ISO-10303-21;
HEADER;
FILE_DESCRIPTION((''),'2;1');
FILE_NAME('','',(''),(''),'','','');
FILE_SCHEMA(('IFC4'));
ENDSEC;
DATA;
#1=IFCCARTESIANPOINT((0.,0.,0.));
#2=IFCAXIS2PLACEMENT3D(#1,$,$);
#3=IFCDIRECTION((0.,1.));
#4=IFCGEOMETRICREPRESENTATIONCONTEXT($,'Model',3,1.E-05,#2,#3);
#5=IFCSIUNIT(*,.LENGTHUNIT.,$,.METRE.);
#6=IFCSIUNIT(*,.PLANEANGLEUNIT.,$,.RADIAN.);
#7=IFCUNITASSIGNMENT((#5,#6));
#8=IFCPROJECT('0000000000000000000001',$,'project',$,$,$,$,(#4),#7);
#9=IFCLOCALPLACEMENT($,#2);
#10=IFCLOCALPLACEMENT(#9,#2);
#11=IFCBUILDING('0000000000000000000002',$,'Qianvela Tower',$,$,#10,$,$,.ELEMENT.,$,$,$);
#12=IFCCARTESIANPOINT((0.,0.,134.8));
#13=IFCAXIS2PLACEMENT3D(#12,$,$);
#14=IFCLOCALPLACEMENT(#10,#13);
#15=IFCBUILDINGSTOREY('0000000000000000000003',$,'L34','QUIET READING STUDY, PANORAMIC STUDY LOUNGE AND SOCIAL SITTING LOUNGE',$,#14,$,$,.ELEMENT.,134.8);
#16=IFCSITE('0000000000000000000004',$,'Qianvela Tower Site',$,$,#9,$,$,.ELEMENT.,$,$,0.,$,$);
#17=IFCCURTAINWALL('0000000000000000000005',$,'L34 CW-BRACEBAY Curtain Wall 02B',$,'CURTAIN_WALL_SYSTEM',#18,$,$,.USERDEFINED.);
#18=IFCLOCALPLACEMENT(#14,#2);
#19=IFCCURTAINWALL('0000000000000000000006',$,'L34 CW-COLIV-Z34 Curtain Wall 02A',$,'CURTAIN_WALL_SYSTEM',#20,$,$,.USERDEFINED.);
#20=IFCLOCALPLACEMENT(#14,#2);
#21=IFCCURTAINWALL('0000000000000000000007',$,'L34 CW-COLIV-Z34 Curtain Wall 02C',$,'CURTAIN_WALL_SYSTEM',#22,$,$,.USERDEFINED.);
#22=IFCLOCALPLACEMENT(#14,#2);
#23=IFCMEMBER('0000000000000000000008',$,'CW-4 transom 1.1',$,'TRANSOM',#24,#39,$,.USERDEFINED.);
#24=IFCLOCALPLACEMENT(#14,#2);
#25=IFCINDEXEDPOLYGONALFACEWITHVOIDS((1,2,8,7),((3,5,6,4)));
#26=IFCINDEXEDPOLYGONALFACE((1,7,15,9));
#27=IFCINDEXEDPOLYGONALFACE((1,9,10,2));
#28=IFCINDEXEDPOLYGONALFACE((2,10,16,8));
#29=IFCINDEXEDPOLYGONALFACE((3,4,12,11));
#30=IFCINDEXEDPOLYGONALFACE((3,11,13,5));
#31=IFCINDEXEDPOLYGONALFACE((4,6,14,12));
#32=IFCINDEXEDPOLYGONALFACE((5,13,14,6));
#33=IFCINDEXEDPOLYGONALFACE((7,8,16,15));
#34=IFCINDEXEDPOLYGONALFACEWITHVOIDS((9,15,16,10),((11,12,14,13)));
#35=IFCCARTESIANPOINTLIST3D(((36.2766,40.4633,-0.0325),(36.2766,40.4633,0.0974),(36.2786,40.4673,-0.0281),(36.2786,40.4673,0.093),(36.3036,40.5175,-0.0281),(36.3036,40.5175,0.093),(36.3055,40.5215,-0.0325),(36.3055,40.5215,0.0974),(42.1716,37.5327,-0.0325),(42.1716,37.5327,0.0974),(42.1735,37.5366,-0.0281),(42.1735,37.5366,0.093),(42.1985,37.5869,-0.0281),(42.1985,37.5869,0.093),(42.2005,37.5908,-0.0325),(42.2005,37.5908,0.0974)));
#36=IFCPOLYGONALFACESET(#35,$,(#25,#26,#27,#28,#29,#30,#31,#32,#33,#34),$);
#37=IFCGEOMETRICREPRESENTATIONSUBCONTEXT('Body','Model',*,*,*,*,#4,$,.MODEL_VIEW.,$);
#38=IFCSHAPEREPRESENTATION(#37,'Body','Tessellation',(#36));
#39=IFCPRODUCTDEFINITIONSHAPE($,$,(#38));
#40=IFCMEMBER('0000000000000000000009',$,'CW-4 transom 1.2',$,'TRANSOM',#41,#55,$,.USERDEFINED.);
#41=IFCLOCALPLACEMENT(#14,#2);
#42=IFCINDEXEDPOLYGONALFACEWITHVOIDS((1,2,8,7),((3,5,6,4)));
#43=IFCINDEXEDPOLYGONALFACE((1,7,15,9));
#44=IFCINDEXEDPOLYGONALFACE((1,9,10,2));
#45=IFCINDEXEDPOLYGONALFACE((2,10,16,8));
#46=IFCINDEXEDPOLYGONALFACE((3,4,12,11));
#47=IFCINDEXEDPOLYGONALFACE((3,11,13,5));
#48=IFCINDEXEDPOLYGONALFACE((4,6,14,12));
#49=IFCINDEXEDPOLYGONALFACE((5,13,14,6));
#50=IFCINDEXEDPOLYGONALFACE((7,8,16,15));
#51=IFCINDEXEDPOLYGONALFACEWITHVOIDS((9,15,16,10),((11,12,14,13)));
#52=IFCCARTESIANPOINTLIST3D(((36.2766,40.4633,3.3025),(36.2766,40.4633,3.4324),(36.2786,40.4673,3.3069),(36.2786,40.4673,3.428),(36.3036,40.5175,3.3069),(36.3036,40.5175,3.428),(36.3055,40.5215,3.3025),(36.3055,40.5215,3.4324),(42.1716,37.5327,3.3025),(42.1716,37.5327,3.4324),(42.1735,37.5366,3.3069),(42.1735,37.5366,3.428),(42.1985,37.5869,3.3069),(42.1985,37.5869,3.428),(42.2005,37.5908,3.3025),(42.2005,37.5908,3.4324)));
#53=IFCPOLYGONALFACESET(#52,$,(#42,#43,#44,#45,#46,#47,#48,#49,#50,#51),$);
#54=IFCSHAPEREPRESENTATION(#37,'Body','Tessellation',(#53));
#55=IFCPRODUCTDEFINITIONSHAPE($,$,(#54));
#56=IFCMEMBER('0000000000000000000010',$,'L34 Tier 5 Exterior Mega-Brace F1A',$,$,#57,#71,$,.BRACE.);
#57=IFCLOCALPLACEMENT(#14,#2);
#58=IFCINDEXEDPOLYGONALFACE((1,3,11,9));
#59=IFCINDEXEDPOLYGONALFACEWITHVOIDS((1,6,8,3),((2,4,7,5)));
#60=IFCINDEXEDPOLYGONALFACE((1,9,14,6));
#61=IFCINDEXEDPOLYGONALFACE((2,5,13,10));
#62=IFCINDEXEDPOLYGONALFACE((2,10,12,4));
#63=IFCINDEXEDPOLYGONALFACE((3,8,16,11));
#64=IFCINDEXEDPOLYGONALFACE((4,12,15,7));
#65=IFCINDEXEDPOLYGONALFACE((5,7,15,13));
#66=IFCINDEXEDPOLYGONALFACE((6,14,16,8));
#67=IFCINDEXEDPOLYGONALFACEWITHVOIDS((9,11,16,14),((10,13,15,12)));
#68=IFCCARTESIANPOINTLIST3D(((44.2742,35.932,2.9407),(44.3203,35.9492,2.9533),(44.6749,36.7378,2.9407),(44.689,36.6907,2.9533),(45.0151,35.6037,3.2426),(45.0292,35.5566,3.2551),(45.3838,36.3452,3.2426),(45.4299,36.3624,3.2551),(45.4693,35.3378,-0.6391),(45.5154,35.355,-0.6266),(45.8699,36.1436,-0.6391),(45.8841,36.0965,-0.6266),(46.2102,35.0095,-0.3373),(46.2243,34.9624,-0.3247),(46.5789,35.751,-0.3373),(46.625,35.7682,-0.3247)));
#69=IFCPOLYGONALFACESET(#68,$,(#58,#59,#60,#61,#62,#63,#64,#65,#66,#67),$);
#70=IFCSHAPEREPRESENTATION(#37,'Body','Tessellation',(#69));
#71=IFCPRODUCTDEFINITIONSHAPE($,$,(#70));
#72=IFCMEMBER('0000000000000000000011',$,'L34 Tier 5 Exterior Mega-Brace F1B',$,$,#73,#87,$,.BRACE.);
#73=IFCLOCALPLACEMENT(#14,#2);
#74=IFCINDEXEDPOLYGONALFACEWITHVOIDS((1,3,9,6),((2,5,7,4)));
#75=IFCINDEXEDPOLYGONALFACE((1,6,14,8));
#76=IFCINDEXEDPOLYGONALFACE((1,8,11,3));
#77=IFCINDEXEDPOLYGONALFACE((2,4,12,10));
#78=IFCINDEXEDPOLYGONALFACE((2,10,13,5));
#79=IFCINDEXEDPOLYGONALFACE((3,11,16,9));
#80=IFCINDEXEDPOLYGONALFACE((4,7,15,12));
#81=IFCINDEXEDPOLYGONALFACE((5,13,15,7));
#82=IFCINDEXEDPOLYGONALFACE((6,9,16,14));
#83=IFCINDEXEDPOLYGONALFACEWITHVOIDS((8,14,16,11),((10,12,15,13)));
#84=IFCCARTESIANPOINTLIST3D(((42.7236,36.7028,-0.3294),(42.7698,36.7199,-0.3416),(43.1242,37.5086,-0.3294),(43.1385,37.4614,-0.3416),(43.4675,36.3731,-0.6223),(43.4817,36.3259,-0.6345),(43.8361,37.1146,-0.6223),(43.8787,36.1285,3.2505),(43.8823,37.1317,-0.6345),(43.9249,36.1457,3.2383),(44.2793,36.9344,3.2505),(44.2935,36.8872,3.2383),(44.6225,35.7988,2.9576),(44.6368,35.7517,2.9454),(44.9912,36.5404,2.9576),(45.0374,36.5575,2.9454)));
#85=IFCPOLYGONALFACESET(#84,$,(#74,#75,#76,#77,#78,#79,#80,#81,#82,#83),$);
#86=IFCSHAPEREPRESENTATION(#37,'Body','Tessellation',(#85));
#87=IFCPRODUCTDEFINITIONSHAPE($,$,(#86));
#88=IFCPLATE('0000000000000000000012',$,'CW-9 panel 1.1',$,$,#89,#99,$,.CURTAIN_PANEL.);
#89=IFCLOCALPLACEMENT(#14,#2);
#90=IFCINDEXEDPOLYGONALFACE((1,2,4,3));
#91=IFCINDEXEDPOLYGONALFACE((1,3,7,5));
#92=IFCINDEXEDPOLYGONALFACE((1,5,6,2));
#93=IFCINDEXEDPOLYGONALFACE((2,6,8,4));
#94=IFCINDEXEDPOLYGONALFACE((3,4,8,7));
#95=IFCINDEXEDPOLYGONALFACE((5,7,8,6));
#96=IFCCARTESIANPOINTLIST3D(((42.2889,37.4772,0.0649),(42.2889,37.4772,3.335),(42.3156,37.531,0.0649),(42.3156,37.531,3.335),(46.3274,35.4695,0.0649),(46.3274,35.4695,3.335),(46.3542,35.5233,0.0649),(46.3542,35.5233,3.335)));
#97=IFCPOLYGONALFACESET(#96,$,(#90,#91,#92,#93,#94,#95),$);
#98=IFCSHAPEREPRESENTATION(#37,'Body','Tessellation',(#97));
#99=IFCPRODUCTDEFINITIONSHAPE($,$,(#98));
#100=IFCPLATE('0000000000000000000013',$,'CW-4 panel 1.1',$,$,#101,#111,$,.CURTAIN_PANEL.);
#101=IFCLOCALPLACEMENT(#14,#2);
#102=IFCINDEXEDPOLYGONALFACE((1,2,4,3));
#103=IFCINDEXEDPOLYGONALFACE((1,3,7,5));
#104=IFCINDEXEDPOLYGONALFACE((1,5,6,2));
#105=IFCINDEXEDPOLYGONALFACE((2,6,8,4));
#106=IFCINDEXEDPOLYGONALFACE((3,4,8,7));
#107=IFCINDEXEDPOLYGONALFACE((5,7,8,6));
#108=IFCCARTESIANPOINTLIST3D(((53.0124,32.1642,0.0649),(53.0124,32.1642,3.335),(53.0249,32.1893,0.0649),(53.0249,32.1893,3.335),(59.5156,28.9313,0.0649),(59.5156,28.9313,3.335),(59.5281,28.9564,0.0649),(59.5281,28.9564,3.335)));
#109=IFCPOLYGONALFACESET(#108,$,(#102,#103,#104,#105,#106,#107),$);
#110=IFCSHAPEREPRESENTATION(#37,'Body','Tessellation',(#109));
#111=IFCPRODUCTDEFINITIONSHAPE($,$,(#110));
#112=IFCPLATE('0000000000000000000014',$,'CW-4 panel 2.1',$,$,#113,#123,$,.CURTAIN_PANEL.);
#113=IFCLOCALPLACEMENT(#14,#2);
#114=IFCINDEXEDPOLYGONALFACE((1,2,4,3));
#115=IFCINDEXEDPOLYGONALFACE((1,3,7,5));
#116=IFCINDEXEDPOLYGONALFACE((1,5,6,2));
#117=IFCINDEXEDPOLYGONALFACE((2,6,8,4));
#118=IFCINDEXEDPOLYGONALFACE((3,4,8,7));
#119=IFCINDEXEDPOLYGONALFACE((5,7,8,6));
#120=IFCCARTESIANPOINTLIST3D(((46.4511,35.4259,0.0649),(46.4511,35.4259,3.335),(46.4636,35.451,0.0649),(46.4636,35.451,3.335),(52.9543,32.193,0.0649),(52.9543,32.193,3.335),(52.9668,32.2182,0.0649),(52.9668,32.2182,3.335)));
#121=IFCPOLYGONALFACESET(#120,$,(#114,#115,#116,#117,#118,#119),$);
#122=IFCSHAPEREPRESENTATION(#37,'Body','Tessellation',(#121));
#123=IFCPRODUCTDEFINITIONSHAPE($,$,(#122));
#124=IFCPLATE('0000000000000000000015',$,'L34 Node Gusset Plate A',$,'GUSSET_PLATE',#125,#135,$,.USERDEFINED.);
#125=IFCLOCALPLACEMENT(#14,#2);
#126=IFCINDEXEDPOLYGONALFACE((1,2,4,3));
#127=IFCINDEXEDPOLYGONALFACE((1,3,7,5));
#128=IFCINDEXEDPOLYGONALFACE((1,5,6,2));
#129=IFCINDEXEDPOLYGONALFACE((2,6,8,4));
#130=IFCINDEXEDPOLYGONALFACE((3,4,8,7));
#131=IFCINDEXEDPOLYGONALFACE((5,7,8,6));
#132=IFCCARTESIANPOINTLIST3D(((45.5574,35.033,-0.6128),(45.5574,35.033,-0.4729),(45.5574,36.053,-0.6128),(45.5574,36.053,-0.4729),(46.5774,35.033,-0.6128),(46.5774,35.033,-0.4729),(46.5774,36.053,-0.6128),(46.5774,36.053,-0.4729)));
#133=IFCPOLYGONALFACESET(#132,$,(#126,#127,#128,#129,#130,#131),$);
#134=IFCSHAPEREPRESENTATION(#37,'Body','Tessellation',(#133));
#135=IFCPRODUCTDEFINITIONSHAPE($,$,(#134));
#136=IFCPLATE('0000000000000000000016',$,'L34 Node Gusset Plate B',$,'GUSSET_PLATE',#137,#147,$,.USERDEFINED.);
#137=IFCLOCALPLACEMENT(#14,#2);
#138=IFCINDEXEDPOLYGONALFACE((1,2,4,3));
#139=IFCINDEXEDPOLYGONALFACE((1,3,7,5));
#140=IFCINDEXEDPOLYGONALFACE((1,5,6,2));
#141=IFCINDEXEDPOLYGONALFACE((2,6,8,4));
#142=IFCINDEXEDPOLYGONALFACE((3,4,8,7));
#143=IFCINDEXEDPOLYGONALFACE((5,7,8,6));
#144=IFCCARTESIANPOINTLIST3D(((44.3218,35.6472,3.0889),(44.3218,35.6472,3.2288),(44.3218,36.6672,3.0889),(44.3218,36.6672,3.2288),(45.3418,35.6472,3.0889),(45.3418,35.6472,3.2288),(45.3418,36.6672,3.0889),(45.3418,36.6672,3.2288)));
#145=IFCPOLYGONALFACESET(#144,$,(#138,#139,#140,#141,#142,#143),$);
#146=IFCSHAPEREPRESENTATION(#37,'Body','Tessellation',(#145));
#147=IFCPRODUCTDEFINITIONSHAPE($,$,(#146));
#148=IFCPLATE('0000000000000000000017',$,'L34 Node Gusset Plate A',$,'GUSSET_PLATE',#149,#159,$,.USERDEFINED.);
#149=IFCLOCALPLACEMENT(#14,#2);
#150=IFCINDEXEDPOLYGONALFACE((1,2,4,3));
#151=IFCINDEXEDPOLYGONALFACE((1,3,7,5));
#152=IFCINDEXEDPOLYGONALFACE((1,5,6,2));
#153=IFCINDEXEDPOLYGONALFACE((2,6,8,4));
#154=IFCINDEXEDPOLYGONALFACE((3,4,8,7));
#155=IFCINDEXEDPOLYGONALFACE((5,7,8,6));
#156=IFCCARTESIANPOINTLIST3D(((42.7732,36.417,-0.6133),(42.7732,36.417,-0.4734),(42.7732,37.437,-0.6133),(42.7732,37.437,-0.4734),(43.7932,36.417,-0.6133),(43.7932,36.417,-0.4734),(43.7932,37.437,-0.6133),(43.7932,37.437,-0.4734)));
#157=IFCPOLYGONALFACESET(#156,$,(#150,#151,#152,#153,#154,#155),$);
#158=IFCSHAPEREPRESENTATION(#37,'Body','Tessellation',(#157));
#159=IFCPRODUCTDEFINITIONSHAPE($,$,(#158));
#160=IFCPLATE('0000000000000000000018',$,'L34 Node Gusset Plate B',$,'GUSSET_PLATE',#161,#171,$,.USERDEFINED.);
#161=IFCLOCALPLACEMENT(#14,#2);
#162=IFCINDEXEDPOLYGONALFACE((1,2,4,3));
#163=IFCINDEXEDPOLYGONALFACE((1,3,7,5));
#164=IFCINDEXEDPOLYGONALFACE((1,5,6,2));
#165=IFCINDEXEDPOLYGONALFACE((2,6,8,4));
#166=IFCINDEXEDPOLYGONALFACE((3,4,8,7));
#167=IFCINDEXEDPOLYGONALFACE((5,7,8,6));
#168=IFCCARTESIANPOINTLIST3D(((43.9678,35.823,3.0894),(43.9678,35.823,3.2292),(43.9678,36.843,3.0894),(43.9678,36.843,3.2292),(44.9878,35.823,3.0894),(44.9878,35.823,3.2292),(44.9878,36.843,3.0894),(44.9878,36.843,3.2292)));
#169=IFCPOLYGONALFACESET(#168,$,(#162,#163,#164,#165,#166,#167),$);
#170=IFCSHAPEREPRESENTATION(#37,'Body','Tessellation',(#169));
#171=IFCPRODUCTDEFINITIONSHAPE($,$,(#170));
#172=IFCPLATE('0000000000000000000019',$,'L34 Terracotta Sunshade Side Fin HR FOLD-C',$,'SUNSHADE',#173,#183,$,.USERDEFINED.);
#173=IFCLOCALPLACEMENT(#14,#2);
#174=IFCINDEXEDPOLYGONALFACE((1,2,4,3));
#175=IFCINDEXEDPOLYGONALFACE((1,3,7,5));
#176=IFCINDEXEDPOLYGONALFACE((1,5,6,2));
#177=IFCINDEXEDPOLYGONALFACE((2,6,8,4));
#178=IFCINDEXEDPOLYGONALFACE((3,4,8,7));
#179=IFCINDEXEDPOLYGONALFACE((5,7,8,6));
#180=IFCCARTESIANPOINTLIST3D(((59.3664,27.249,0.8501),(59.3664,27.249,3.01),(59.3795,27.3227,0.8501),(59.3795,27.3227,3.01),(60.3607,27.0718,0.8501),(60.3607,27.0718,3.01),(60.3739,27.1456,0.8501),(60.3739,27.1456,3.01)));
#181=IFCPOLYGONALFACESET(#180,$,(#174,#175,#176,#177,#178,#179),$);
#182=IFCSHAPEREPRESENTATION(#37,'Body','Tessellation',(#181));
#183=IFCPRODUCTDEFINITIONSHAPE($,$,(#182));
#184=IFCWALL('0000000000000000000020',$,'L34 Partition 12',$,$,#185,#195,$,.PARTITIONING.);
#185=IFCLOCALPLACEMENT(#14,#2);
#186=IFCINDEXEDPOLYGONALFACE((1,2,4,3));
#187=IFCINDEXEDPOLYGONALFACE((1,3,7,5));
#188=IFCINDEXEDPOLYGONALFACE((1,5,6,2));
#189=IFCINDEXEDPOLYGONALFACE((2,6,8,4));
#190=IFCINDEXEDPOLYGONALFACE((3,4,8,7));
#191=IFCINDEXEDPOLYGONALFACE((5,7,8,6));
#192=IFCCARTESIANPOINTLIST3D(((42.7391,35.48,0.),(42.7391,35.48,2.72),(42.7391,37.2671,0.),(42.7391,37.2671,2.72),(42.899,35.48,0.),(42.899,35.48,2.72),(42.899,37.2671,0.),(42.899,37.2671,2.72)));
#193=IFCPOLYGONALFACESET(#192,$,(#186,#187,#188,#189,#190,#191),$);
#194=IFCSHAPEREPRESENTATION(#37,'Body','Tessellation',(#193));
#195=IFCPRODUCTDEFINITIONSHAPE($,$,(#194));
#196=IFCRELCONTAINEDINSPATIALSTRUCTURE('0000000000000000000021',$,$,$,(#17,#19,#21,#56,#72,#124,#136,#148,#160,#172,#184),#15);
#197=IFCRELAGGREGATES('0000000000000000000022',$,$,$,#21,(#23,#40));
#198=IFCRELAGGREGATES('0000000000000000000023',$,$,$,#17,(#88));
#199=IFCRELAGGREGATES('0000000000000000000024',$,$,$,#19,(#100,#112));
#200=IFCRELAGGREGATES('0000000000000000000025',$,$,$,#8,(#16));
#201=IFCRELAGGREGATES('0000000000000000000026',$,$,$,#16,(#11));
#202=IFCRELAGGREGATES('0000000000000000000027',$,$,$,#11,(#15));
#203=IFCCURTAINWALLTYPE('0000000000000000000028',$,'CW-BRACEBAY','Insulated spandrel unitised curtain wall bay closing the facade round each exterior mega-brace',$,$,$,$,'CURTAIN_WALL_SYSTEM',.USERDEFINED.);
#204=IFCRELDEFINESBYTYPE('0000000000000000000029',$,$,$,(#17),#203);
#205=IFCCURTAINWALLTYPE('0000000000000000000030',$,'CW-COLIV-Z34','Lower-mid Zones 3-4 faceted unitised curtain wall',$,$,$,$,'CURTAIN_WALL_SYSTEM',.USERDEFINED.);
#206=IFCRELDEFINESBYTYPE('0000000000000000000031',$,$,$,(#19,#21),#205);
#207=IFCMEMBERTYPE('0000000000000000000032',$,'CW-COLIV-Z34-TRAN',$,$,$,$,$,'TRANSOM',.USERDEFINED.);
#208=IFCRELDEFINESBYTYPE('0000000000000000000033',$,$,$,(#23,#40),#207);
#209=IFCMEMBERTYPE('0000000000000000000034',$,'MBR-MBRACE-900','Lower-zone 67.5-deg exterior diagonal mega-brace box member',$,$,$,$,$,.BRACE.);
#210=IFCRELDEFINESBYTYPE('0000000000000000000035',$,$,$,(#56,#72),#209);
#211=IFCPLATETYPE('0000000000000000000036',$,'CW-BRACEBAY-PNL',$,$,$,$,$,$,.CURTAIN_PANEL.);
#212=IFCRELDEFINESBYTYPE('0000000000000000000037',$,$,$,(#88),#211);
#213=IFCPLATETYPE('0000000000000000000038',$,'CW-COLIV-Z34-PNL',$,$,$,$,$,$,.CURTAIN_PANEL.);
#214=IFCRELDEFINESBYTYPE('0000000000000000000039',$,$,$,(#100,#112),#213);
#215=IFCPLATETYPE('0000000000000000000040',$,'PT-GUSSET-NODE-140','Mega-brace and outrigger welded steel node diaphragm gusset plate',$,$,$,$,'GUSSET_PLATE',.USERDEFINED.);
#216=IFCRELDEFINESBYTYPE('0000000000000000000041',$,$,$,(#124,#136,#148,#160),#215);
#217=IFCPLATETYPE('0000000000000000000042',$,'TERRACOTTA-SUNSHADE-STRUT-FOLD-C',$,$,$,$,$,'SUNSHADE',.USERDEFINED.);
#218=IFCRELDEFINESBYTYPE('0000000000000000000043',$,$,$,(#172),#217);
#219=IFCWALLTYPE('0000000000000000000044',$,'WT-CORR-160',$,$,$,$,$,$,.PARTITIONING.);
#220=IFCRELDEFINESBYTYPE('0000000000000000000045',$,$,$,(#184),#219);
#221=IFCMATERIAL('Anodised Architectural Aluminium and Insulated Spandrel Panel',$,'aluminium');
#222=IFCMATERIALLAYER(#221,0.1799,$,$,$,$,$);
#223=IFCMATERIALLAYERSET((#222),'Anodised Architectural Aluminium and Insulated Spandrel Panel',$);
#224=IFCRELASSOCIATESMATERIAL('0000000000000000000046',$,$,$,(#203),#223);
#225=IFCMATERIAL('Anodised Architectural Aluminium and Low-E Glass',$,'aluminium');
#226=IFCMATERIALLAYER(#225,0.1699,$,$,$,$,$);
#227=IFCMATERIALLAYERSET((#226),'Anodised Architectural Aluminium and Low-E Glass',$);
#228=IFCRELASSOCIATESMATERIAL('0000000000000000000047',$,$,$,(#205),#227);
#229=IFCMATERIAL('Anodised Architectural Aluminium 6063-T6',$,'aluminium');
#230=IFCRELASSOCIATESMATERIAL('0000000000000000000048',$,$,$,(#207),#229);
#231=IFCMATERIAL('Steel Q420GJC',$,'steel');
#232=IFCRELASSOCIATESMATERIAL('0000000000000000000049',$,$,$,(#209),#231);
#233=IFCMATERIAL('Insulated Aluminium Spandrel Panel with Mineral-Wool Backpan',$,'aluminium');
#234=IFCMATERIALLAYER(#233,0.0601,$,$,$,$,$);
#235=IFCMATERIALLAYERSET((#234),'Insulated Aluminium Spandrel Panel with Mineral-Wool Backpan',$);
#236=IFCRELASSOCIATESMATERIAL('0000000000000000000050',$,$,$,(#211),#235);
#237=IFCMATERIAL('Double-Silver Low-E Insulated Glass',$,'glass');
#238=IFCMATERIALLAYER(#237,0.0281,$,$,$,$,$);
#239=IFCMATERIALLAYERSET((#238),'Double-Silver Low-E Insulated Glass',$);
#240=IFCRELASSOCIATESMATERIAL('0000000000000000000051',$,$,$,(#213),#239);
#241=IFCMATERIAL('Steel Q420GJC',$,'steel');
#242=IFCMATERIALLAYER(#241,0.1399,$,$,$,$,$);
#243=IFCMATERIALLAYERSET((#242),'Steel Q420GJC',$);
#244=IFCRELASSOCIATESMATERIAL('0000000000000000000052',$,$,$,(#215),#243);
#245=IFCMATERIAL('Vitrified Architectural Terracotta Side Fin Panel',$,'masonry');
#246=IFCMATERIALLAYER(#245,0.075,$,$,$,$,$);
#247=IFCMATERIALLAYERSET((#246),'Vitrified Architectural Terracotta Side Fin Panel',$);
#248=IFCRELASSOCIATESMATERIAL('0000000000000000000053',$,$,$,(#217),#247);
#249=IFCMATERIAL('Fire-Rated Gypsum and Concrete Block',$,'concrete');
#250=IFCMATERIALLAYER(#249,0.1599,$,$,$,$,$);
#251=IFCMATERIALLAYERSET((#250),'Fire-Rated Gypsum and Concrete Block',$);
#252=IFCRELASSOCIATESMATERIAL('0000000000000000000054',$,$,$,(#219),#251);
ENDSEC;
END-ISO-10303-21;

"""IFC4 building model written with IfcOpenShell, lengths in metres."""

from ifc_helpers import new_model, si_unit, direction, frame, frame_2d, origin, origin_2d, place, context, subcontext, project, spatial, rectangle, hollow_rectangle, extrude, material, layer, layer_set, material_profile, profile_set, type_object, element, aggregate, save


model = new_model("IFC4")

# Units and contexts
model_context = context("Model", 3, precision=1e-05, world=origin(), true_north=direction((0.0, 1.0)))
body_context = subcontext(model_context, "Body", "Model", "MODEL_VIEW")
ifc_project = project(units=[si_unit("LENGTHUNIT", "METRE"), si_unit("PLANEANGLEUNIT", "RADIAN")], contexts=[model_context])

# Site, building, storey
site_placement = place(None, origin())
site = spatial("IfcSite", under=ifc_project, at=site_placement, Name="Qianvela Tower Site", CompositionType="ELEMENT", RefElevation=0.0)
building_placement = place(site_placement, origin())
building = spatial("IfcBuilding", under=site, at=building_placement, Name="Qianvela Tower", CompositionType="ELEMENT")
storey_placement = place(building_placement, frame((0.0, 0.0, 134.8)))
storey = spatial("IfcBuildingStorey", under=building, at=storey_placement, Name="L34", Description="QUIET READING STUDY, PANORAMIC STUDY LOUNGE AND SOCIAL SITTING LOUNGE", CompositionType="ELEMENT", Elevation=134.8)

# Curtain walls
ifc_material_1 = material(Name="Anodised Architectural Aluminium and Insulated Spandrel Panel", Category="aluminium")
ifc_layer_1 = layer(ifc_material_1, 0.1799)
ifc_layer_set_1 = layer_set([ifc_layer_1], Name="Anodised Architectural Aluminium and Insulated Spandrel Panel")
curtain_wall_type_1 = type_object("IfcCurtainWallType", Name="CW-BRACEBAY", Description="Insulated spandrel unitised curtain wall bay closing the facade round each exterior mega-brace", ElementType="CURTAIN_WALL_SYSTEM", PredefinedType="USERDEFINED", material=ifc_layer_set_1)
curtain_wall_1_placement = place(storey_placement, origin())
curtain_wall_1 = element("IfcCurtainWall", 1, at=curtain_wall_1_placement, inside=storey, type_object=curtain_wall_type_1, Name="L34 CW-BRACEBAY Curtain Wall 02B", ObjectType="CURTAIN_WALL_SYSTEM", PredefinedType="USERDEFINED")
ifc_material_2 = material(Name="Anodised Architectural Aluminium and Low-E Glass", Category="aluminium")
ifc_layer_2 = layer(ifc_material_2, 0.1699)
ifc_layer_set_2 = layer_set([ifc_layer_2], Name="Anodised Architectural Aluminium and Low-E Glass")
curtain_wall_type_2 = type_object("IfcCurtainWallType", Name="CW-COLIV-Z34", Description="Lower-mid Zones 3-4 faceted unitised curtain wall", ElementType="CURTAIN_WALL_SYSTEM", PredefinedType="USERDEFINED", material=ifc_layer_set_2)
curtain_wall_2_placement = place(storey_placement, origin())
curtain_wall_2 = element("IfcCurtainWall", 2, at=curtain_wall_2_placement, inside=storey, type_object=curtain_wall_type_2, Name="L34 CW-COLIV-Z34 Curtain Wall 02A", ObjectType="CURTAIN_WALL_SYSTEM", PredefinedType="USERDEFINED")

# Curtain wall
curtain_wall_3_placement = place(storey_placement, origin())
curtain_wall_3 = element("IfcCurtainWall", 3, at=curtain_wall_3_placement, inside=storey, type_object=curtain_wall_type_2, Name="L34 CW-COLIV-Z34 Curtain Wall 02C", ObjectType="CURTAIN_WALL_SYSTEM", PredefinedType="USERDEFINED")

# Members
ifc_material_3 = material(Name="Anodised Architectural Aluminium 6063-T6", Category="aluminium")
ifc_material_profile_1 = material_profile(ifc_material_3, hollow_rectangle(XDim=0.0649, YDim=0.1299, WallThickness=0.0044, at=origin_2d()), Name="ALU-TRAN-65x130")
ifc_profile_set_1 = profile_set([ifc_material_profile_1], Name="Anodised Architectural Aluminium 6063-T6")
member_type_1 = type_object("IfcMemberType", Name="CW-COLIV-Z34-TRAN", ElementType="TRANSOM", PredefinedType="USERDEFINED", material=ifc_profile_set_1)
member_1_placement = place(storey_placement, frame((42.186, 37.5618, 0.0325), z_axis=(-0.895448, 0.445165, 0.0), x_axis=(-0.445165, -0.895448, 0.0)))
member_1 = element("IfcMember", 4, at=member_1_placement, type_object=member_type_1, Name="CW-4 transom 1.1", ObjectType="TRANSOM", PredefinedType="USERDEFINED", context=body_context, shape_type="SweptSolid", body=[
    extrude(hollow_rectangle(XDim=0.0649, YDim=0.1299, WallThickness=0.0044, at=origin_2d()), origin(), (0.0, 0.0, 1.0), 6.5833),
])
member_2_placement = place(storey_placement, frame((42.186, 37.5618, 3.3674), z_axis=(-0.895448, 0.445165, 0.0), x_axis=(-0.445165, -0.895448, 0.0)))
member_2 = element("IfcMember", 5, at=member_2_placement, type_object=member_type_1, Name="CW-4 transom 1.2", ObjectType="TRANSOM", PredefinedType="USERDEFINED", context=body_context, shape_type="SweptSolid", body=[
    extrude(hollow_rectangle(XDim=0.0649, YDim=0.1299, WallThickness=0.0044, at=origin_2d()), origin(), (0.0, 0.0, 1.0), 6.5833),
])
aggregate(curtain_wall_3, [member_1, member_2])

# Members
ifc_material_4 = material(Name="Steel Q420GJC", Category="steel")
ifc_material_profile_2 = material_profile(ifc_material_4, hollow_rectangle(XDim=0.8999, YDim=0.8999, WallThickness=0.0359, at=origin_2d()), Name="MBOX-900x900x36")
ifc_profile_set_2 = profile_set([ifc_material_profile_2], Name="Steel Q420GJC")
member_type_2 = type_object("IfcMemberType", Name="MBR-MBRACE-900", Description="Lower-zone 67.5-deg exterior diagonal mega-brace box member", PredefinedType="BRACE", material=ifc_profile_set_2)
member_3_placement = place(storey_placement, frame((46.0471, 35.553, -0.4819), z_axis=(-0.312801, 0.155538, 0.936997), x_axis=(-0.445237, -0.895413, 0.0)))
element("IfcMember", 6, at=member_3_placement, inside=storey, type_object=member_type_2, Name="L34 Tier 5 Exterior Mega-Brace F1A", PredefinedType="BRACE", context=body_context, shape_type="SweptSolid", body=[
    extrude(hollow_rectangle(XDim=0.8999, YDim=0.8999, WallThickness=0.0359, at=origin_2d()), origin(), (0.0, 0.0, 1.0), 3.8206),
])
member_4_placement = place(storey_placement, frame((43.303, 36.9172, -0.4819), z_axis=(0.303545, -0.150906, 0.940791), x_axis=(0.445168, 0.895447, 0.0)))
element("IfcMember", 7, at=member_4_placement, inside=storey, type_object=member_type_2, Name="L34 Tier 5 Exterior Mega-Brace F1B", PredefinedType="BRACE", context=body_context, shape_type="SweptSolid", body=[
    extrude(hollow_rectangle(XDim=0.8999, YDim=0.8999, WallThickness=0.0359, at=origin_2d()), origin(), (0.0, 0.0, 1.0), 3.8052),
])

# Plates
ifc_material_5 = material(Name="Insulated Aluminium Spandrel Panel with Mineral-Wool Backpan", Category="aluminium")
ifc_layer_3 = layer(ifc_material_5, 0.0601)
ifc_layer_set_3 = layer_set([ifc_layer_3], Name="Insulated Aluminium Spandrel Panel with Mineral-Wool Backpan")
plate_type_1 = type_object("IfcPlateType", Name="CW-BRACEBAY-PNL", PredefinedType="CURTAIN_PANEL", material=ifc_layer_set_3)
plate_1_placement = place(storey_placement, frame((44.3215, 36.5002, 0.0649), z_axis=(0.0, 0.0, 1.0), x_axis=(-0.895455, 0.445152, 0.0)))
plate_1 = element("IfcPlate", 8, at=plate_1_placement, type_object=plate_type_1, Name="CW-9 panel 1.1", PredefinedType="CURTAIN_PANEL", context=body_context, shape_type="SweptSolid", body=[
    extrude(rectangle(XDim=4.51, YDim=0.0601, at=origin_2d()), origin(), (0.0, 0.0, 1.0), 3.27),
])
aggregate(curtain_wall_1, [plate_1])
ifc_material_6 = material(Name="Double-Silver Low-E Insulated Glass", Category="glass")
ifc_layer_4 = layer(ifc_material_6, 0.0281)
ifc_layer_set_4 = layer_set([ifc_layer_4], Name="Double-Silver Low-E Insulated Glass")
plate_type_2 = type_object("IfcPlateType", Name="CW-COLIV-Z34-PNL", PredefinedType="CURTAIN_PANEL", material=ifc_layer_set_4)
plate_2_placement = place(storey_placement, frame((56.2703, 30.5603, 0.0649), z_axis=(0.0, 0.0, 1.0), x_axis=(-0.895456, 0.44515, 0.0)))
plate_2 = element("IfcPlate", 9, at=plate_2_placement, type_object=plate_type_2, Name="CW-4 panel 1.1", PredefinedType="CURTAIN_PANEL", context=body_context, shape_type="SweptSolid", body=[
    extrude(rectangle(XDim=7.2625, YDim=0.0281, at=origin_2d()), origin(), (0.0, 0.0, 1.0), 3.27),
])
plate_3_placement = place(storey_placement, frame((49.709, 33.822, 0.0649), z_axis=(0.0, 0.0, 1.0), x_axis=(-0.895456, 0.44515, 0.0)))
plate_3 = element("IfcPlate", 10, at=plate_3_placement, type_object=plate_type_2, Name="CW-4 panel 2.1", PredefinedType="CURTAIN_PANEL", context=body_context, shape_type="SweptSolid", body=[
    extrude(rectangle(XDim=7.2625, YDim=0.0281, at=origin_2d()), origin(), (0.0, 0.0, 1.0), 3.27),
])
aggregate(curtain_wall_2, [plate_2, plate_3])

# Plates
ifc_material_7 = material(Name="Steel Q420GJC", Category="steel")
ifc_layer_5 = layer(ifc_material_7, 0.1399)
ifc_layer_set_5 = layer_set([ifc_layer_5], Name="Steel Q420GJC")
plate_type_3 = type_object("IfcPlateType", Name="PT-GUSSET-NODE-140", Description="Mega-brace and outrigger welded steel node diaphragm gusset plate", ElementType="GUSSET_PLATE", PredefinedType="USERDEFINED", material=ifc_layer_set_5)
for number, where, z_axis, x_axis, name in (
    (11, (46.0674, 35.543, -0.6128), (0.0, 0.0, 1.0), (1.0, 0.0, 0.0), "L34 Node Gusset Plate A"),
    (12, (44.8318, 36.1572, 3.0889), (0.0, 0.0, 1.0), (1.0, 0.0, 0.0), "L34 Node Gusset Plate B"),
    (13, (43.2832, 36.927, -0.6133), (0.0, 0.0, 1.0), (1.0, 0.0, 0.0), "L34 Node Gusset Plate A"),
    (14, (44.4778, 36.333, 3.0894), (0.0, 0.0, 1.0), (1.0, 0.0, 0.0), "L34 Node Gusset Plate B"),
):
    element("IfcPlate", number, at=place(storey_placement, frame(where, z_axis=z_axis, x_axis=x_axis)), inside=storey, type_object=plate_type_3, Name=name, ObjectType="GUSSET_PLATE", PredefinedType="USERDEFINED", context=body_context, shape_type="SweptSolid", body=[
        extrude(rectangle(XDim=1.02, YDim=1.02, at=origin_2d()), origin(), (0.0, 0.0, 1.0), 0.1399),
    ])
ifc_material_8 = material(Name="Vitrified Architectural Terracotta Side Fin Panel", Category="masonry")
ifc_layer_6 = layer(ifc_material_8, 0.075)
ifc_layer_set_6 = layer_set([ifc_layer_6], Name="Vitrified Architectural Terracotta Side Fin Panel")
plate_type_4 = type_object("IfcPlateType", Name="TERRACOTTA-SUNSHADE-STRUT-FOLD-C", ElementType="SUNSHADE", PredefinedType="USERDEFINED", material=ifc_layer_set_6)
plate_4_placement = place(storey_placement, frame((59.8701, 27.1973, 0.8501), z_axis=(0.0, 0.0, 1.0), x_axis=(0.175423, 0.984493, 0.0)))
element("IfcPlate", 15, at=plate_4_placement, inside=storey, type_object=plate_type_4, Name="L34 Terracotta Sunshade Side Fin HR FOLD-C", ObjectType="SUNSHADE", PredefinedType="USERDEFINED", context=body_context, shape_type="SweptSolid", body=[
    extrude(rectangle(XDim=0.075, YDim=1.01, at=origin_2d()), origin(), (0.0, 0.0, 1.0), 2.1599),
])

# Wall
ifc_material_9 = material(Name="Fire-Rated Gypsum and Concrete Block", Category="concrete")
ifc_layer_7 = layer(ifc_material_9, 0.1599)
ifc_layer_set_7 = layer_set([ifc_layer_7], Name="Fire-Rated Gypsum and Concrete Block")
wall_type_1 = type_object("IfcWallType", Name="WT-CORR-160", PredefinedType="PARTITIONING", material=ifc_layer_set_7)
wall_1_placement = place(storey_placement, frame((42.8191, 37.2671, 0.0), z_axis=(0.0, 0.0, 1.0), x_axis=(0.0, -1.0, 0.0)))
element("IfcWall", 16, at=wall_1_placement, inside=storey, type_object=wall_type_1, Name="L34 Partition 12", PredefinedType="PARTITIONING", context=body_context, shape_type="SweptSolid", body=[
    extrude(rectangle(XDim=1.7871, YDim=0.1599, at=frame_2d((0.8936, 0.0))), origin(), (0.0, 0.0, 1.0), 2.72),
])

save(model, "model.ifc")
